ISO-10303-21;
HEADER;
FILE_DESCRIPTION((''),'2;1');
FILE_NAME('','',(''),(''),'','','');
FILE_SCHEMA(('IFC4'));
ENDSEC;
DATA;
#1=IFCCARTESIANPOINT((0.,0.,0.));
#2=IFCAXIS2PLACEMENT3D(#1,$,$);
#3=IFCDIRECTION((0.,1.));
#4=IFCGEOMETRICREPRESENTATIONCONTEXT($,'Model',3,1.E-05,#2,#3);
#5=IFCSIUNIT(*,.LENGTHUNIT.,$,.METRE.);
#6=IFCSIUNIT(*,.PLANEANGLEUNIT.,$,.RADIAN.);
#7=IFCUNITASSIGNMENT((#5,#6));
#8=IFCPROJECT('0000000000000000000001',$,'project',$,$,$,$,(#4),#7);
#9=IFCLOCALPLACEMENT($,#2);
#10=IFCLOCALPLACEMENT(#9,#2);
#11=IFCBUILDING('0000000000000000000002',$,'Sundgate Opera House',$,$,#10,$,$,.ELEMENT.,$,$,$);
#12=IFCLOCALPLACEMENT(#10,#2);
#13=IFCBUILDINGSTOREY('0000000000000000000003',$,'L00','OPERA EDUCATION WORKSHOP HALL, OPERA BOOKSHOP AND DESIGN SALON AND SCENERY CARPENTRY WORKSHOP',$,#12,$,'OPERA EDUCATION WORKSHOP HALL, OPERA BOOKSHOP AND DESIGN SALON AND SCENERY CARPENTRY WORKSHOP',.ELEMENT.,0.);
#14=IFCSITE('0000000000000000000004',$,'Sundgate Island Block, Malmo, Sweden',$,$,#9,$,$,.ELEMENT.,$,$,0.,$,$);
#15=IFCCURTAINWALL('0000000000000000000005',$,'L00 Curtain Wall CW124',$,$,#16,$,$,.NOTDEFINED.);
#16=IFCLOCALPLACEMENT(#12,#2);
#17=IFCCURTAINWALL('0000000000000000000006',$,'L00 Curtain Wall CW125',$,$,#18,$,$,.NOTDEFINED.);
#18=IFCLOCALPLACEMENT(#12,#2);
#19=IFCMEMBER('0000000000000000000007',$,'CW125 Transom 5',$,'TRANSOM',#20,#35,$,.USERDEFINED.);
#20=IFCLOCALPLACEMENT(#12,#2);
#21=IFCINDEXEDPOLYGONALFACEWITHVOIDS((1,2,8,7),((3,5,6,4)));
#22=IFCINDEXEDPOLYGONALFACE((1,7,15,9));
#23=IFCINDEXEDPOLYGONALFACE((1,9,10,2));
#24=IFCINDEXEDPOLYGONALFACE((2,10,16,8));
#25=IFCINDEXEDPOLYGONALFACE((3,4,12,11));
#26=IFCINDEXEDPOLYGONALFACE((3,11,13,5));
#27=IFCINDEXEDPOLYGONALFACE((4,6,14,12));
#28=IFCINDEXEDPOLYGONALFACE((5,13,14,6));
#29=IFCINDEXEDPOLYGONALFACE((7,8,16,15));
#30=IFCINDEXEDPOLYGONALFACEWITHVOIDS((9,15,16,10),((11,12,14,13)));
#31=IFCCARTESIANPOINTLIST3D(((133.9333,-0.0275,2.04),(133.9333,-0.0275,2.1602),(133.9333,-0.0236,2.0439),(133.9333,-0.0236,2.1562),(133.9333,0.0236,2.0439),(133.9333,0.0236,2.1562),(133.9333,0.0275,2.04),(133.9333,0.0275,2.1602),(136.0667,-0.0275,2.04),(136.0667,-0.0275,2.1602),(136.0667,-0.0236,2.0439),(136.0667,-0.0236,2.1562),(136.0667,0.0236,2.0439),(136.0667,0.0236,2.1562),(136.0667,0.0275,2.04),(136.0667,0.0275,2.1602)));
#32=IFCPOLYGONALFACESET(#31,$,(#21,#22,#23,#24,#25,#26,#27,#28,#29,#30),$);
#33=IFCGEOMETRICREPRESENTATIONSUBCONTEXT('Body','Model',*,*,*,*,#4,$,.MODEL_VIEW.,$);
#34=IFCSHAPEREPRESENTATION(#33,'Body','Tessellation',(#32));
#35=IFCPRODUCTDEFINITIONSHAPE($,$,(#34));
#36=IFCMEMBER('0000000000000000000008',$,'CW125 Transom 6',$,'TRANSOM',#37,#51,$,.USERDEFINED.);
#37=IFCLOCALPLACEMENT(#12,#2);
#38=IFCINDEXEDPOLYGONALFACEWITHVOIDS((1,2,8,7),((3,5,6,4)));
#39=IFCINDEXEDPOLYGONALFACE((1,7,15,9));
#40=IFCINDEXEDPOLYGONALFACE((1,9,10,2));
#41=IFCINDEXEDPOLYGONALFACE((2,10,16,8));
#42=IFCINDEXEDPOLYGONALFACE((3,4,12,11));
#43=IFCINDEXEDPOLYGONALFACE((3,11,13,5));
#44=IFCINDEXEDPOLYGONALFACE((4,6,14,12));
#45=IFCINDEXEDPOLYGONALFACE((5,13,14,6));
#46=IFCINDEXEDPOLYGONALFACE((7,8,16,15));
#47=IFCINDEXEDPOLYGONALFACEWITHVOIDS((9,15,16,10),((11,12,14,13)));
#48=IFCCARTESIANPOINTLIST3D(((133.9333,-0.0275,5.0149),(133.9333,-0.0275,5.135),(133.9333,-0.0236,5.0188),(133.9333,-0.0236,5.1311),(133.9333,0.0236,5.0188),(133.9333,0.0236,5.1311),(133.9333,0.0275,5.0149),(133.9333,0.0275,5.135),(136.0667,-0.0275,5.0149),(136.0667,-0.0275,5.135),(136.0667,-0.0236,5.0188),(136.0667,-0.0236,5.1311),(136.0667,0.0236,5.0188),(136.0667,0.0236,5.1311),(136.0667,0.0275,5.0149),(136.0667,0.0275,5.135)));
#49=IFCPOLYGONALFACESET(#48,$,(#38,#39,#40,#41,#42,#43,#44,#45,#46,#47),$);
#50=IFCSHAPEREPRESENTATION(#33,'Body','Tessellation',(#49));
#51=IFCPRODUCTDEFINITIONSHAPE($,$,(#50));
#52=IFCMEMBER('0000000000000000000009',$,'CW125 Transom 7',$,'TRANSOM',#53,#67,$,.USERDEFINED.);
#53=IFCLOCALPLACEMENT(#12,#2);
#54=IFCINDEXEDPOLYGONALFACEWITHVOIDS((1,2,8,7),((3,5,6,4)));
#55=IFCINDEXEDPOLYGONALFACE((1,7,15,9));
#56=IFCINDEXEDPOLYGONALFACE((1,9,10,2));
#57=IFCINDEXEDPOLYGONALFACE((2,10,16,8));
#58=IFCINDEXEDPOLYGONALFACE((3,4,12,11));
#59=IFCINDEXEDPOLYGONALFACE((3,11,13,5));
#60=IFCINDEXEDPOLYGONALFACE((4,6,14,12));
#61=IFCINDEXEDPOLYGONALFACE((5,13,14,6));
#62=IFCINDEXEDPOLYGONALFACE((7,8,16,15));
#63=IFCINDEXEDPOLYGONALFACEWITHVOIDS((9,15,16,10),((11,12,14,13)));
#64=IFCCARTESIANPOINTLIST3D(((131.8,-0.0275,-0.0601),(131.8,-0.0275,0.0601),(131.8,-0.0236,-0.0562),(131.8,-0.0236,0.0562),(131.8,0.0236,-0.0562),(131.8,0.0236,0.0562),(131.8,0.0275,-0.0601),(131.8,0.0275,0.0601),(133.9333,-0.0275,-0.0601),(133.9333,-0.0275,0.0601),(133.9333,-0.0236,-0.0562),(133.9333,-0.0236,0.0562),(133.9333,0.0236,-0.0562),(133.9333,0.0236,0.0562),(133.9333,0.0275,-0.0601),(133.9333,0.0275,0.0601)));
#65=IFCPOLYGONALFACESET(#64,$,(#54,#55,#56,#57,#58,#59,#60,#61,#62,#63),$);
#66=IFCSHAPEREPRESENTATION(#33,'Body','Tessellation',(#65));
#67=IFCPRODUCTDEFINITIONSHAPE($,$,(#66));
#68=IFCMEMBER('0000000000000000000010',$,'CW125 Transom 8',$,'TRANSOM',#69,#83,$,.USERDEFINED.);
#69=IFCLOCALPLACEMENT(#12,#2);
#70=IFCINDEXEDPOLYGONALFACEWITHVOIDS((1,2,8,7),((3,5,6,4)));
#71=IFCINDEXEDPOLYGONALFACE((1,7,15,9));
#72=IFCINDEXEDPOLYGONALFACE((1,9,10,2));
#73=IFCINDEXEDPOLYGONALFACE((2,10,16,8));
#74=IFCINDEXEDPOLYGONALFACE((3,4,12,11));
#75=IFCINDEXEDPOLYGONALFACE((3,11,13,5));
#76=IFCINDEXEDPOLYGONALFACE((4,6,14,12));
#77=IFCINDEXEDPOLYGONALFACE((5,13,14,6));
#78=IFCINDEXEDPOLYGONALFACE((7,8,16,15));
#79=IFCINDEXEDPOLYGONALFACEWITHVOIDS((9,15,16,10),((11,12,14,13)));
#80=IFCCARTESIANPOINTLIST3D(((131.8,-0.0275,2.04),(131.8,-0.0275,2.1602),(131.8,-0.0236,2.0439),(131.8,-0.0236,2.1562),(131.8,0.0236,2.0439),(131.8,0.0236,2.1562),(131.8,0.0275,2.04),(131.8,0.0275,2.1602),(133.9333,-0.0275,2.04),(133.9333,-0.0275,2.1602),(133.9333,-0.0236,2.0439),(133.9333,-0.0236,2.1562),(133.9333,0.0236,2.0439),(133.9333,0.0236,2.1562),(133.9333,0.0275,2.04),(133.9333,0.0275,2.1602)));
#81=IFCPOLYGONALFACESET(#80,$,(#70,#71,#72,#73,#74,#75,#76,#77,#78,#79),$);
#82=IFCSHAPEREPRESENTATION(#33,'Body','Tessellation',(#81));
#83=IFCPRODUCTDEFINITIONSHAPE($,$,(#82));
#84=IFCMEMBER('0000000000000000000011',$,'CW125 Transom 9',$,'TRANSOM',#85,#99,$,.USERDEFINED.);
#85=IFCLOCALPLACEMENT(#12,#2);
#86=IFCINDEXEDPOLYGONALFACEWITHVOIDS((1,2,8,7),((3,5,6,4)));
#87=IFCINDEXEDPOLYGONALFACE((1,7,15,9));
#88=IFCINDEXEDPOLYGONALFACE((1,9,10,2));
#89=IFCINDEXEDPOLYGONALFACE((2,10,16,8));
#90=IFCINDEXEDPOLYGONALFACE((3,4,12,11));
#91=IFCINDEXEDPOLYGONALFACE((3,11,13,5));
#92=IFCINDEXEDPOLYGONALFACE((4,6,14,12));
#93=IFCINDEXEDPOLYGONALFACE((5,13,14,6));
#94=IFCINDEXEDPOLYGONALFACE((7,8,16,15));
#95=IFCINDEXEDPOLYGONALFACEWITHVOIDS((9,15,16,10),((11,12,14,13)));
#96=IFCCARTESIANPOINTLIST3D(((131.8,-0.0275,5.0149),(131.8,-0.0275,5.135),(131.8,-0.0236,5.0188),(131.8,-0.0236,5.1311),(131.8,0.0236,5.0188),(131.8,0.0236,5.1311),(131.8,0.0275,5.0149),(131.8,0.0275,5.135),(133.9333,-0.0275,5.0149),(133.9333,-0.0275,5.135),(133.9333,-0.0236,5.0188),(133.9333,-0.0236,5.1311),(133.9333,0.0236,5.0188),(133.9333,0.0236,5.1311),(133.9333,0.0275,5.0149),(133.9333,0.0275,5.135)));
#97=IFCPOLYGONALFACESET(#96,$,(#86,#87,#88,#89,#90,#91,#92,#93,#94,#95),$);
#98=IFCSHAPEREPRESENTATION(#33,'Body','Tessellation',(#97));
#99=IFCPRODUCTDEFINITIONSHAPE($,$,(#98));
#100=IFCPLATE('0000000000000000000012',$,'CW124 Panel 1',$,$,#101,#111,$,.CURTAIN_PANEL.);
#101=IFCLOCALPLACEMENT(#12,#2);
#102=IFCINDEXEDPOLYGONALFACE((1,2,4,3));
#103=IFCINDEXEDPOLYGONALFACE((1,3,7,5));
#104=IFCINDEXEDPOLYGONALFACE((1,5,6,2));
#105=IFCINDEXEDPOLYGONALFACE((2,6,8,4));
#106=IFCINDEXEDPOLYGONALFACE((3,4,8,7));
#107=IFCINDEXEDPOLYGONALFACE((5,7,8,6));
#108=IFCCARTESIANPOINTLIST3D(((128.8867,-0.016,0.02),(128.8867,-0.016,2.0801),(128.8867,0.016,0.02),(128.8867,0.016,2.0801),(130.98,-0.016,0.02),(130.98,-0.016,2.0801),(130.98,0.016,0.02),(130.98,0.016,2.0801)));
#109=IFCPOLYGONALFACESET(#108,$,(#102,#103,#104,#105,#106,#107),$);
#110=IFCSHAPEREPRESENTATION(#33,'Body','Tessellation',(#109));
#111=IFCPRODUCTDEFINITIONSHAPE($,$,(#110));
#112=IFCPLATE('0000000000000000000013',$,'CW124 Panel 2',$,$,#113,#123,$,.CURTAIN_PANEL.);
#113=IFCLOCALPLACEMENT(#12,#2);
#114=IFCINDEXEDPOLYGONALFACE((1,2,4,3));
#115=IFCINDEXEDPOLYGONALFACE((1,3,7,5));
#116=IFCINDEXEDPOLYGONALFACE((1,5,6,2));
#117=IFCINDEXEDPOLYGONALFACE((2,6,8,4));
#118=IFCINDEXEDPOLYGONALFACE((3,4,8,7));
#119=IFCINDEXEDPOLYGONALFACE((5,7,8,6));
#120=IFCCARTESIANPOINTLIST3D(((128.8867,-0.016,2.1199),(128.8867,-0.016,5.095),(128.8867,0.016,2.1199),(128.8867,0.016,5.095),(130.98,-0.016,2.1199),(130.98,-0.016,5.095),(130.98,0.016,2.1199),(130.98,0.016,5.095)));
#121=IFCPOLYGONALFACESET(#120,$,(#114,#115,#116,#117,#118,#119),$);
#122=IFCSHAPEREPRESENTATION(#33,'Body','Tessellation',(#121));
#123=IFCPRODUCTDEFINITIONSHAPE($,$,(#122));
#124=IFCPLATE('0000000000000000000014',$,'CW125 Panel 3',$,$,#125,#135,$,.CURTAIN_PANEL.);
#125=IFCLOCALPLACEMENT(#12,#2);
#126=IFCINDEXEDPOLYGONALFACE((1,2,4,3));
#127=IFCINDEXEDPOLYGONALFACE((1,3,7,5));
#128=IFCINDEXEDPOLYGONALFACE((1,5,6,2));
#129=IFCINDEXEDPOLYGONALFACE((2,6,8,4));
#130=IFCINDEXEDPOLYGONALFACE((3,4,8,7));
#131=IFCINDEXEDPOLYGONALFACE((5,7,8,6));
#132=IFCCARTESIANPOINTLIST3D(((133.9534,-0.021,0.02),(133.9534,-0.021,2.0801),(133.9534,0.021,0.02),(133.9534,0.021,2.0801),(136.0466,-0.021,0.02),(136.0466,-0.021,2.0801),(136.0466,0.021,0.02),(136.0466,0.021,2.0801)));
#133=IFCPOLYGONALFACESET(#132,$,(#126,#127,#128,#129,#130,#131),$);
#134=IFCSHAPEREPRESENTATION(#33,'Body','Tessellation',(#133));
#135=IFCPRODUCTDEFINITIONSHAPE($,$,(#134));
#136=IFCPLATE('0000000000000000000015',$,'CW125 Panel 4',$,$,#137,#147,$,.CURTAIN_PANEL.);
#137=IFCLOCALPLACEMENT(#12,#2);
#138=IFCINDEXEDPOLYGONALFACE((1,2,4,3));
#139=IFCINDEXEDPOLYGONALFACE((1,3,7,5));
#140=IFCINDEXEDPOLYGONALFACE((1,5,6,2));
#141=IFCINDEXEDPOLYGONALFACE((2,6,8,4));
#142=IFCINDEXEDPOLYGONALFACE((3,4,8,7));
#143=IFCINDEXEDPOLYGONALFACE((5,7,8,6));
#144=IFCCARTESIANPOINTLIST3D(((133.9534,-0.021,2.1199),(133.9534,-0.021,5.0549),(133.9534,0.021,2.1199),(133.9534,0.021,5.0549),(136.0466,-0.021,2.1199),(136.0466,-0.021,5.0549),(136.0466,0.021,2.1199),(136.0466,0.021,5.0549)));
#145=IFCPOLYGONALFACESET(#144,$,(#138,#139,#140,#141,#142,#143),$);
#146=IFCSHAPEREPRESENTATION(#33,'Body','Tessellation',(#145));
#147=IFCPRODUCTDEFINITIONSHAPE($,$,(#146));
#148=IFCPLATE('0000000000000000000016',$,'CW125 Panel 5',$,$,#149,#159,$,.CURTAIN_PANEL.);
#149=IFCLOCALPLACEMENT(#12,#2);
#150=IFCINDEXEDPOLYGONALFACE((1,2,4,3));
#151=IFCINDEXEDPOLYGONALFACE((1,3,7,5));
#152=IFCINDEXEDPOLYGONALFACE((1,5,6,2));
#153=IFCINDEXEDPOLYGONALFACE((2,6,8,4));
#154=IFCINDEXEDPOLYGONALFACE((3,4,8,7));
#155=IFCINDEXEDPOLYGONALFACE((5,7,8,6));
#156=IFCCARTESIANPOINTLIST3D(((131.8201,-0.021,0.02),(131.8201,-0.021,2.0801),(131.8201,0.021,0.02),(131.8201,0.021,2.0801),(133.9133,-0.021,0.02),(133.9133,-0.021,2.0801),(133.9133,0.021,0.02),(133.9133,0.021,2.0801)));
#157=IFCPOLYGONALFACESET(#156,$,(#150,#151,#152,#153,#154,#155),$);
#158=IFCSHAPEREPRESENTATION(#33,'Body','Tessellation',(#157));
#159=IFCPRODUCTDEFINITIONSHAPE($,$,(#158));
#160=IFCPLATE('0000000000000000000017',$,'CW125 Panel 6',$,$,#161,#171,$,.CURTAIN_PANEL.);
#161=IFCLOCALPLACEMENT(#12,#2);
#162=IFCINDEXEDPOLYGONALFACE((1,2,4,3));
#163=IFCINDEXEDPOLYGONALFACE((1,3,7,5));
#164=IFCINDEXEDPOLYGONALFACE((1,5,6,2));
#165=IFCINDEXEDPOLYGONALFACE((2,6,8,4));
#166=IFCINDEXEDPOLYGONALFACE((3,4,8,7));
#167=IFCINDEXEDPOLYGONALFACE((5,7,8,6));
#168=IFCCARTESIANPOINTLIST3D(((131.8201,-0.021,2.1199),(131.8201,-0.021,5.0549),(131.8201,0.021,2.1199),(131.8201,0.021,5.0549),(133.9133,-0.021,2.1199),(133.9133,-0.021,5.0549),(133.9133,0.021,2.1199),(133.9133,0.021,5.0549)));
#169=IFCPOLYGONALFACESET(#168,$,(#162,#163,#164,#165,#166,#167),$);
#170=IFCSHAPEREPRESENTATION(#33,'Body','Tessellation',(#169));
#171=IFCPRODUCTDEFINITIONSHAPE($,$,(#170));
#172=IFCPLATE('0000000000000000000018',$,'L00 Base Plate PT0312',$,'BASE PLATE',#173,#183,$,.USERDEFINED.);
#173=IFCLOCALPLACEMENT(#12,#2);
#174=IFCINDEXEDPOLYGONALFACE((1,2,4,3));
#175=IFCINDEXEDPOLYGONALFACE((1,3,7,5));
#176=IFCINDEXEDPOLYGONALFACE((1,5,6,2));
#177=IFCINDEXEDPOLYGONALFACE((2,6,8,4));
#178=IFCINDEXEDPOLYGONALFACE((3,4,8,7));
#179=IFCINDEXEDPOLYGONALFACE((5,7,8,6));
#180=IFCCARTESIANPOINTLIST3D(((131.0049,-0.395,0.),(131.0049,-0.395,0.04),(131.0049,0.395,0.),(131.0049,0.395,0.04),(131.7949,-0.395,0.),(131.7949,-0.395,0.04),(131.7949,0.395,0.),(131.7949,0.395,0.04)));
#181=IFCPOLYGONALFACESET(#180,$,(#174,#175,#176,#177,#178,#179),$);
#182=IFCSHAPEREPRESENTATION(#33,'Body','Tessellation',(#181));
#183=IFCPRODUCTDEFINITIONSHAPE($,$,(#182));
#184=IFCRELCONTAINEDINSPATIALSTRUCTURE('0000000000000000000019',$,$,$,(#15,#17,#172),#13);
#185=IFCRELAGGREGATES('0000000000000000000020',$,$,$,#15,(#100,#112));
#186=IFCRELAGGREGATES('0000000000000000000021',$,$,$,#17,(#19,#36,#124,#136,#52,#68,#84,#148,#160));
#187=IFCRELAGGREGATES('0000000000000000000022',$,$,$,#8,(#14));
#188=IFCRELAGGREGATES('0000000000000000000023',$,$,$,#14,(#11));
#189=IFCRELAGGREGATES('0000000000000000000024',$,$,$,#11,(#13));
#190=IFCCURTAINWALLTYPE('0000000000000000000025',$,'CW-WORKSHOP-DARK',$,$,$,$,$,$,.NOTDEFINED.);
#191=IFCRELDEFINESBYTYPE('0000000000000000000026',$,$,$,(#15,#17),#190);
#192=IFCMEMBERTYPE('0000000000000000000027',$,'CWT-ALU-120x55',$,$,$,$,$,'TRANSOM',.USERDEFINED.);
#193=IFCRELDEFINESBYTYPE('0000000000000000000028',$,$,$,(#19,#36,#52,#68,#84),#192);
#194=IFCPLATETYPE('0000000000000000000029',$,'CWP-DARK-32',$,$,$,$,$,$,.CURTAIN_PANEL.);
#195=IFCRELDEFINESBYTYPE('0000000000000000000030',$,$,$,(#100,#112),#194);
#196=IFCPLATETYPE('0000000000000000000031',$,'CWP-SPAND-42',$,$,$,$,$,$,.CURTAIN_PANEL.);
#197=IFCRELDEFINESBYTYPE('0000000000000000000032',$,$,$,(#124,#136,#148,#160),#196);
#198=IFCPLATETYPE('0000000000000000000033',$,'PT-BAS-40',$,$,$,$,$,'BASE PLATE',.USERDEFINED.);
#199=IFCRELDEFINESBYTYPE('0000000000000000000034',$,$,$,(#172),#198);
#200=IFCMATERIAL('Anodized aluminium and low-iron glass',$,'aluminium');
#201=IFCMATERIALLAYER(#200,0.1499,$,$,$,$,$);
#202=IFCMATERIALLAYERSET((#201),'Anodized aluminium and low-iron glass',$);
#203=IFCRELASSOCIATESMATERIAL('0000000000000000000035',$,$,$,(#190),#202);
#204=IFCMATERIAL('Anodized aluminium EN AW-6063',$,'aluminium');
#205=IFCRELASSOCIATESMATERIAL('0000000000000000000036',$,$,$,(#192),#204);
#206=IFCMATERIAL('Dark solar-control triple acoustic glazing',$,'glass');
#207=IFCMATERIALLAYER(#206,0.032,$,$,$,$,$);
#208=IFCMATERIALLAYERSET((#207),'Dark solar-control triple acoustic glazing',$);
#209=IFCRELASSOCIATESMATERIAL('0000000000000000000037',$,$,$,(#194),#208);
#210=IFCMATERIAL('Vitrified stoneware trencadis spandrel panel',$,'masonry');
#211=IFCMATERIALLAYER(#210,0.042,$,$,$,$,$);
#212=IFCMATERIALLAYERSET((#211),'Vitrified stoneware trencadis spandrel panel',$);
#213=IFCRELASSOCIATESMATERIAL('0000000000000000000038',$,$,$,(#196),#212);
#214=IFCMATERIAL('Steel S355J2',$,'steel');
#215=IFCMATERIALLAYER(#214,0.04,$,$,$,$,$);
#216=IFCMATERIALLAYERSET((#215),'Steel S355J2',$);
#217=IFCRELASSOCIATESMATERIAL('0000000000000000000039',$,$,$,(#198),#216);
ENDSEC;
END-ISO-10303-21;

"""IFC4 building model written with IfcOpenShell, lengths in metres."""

from ifc_helpers import new_model, si_unit, direction, frame, origin, origin_2d, place, context, subcontext, project, spatial, rectangle, hollow_rectangle, extrude, material, layer, layer_set, material_profile, profile_set, type_object, element, aggregate, save


model = new_model("IFC4")

# Units and contexts
model_context = context("Model", 3, precision=1e-05, world=origin(), true_north=direction((0.0, 1.0)))
body_context = subcontext(model_context, "Body", "Model", "MODEL_VIEW")
ifc_project = project(units=[si_unit("LENGTHUNIT", "METRE"), si_unit("PLANEANGLEUNIT", "RADIAN")], contexts=[model_context])

# Site, building, storey
site_placement = place(None, origin())
site = spatial("IfcSite", under=ifc_project, at=site_placement, Name="Sundgate Island Block, Malmo, Sweden", CompositionType="ELEMENT", RefElevation=0.0)
building_placement = place(site_placement, origin())
building = spatial("IfcBuilding", under=site, at=building_placement, Name="Sundgate Opera House", CompositionType="ELEMENT")
storey_placement = place(building_placement, origin())
storey = spatial("IfcBuildingStorey", under=building, at=storey_placement, Name="L00", Description="OPERA EDUCATION WORKSHOP HALL, OPERA BOOKSHOP AND DESIGN SALON AND SCENERY CARPENTRY WORKSHOP", LongName="OPERA EDUCATION WORKSHOP HALL, OPERA BOOKSHOP AND DESIGN SALON AND SCENERY CARPENTRY WORKSHOP", CompositionType="ELEMENT", Elevation=0.0)

# Curtain wall
ifc_material_1 = material(Name="Anodized aluminium and low-iron glass", Category="aluminium")
ifc_layer_1 = layer(ifc_material_1, 0.1499)
ifc_layer_set_1 = layer_set([ifc_layer_1], Name="Anodized aluminium and low-iron glass")
curtain_wall_type = type_object("IfcCurtainWallType", Name="CW-WORKSHOP-DARK", PredefinedType="NOTDEFINED", material=ifc_layer_set_1)
curtain_wall_1_placement = place(storey_placement, origin())
curtain_wall_1 = element("IfcCurtainWall", 1, at=curtain_wall_1_placement, inside=storey, type_object=curtain_wall_type, Name="L00 Curtain Wall CW124", PredefinedType="NOTDEFINED")

# Curtain wall
curtain_wall_2_placement = place(storey_placement, origin())
curtain_wall_2 = element("IfcCurtainWall", 2, at=curtain_wall_2_placement, inside=storey, type_object=curtain_wall_type, Name="L00 Curtain Wall CW125", PredefinedType="NOTDEFINED")

# Members
ifc_material_2 = material(Name="Anodized aluminium EN AW-6063", Category="aluminium")
ifc_material_profile_1 = material_profile(ifc_material_2, hollow_rectangle(XDim=0.0549, YDim=0.1201, WallThickness=0.0039, at=origin_2d()), Name="CWT 120x55x4")
ifc_profile_set_1 = profile_set([ifc_material_profile_1], Name="Anodized aluminium EN AW-6063")
member_type_1 = type_object("IfcMemberType", Name="CWT-ALU-120x55", ElementType="TRANSOM", PredefinedType="USERDEFINED", material=ifc_profile_set_1)
member_1_placement = place(storey_placement, frame((136.0667, 0.0, 2.1001), z_axis=(-1.0, 0.0, 0.0), x_axis=(0.0, -1.0, 0.0)))
member_1 = element("IfcMember", 3, at=member_1_placement, type_object=member_type_1, Name="CW125 Transom 5", ObjectType="TRANSOM", PredefinedType="USERDEFINED", context=body_context, shape_type="SweptSolid", body=[
    extrude(hollow_rectangle(XDim=0.0549, YDim=0.1201, WallThickness=0.0039, at=origin_2d()), origin(), (0.0, 0.0, 1.0), 2.1333),
])
member_2_placement = place(storey_placement, frame((136.0667, 0.0, 5.075), z_axis=(-1.0, 0.0, 0.0), x_axis=(0.0, -1.0, 0.0)))
member_2 = element("IfcMember", 4, at=member_2_placement, type_object=member_type_1, Name="CW125 Transom 6", ObjectType="TRANSOM", PredefinedType="USERDEFINED", context=body_context, shape_type="SweptSolid", body=[
    extrude(hollow_rectangle(XDim=0.0549, YDim=0.1201, WallThickness=0.0039, at=origin_2d()), origin(), (0.0, 0.0, 1.0), 2.1333),
])
member_3_placement = place(storey_placement, frame((133.9333, 0.0, 0.0), z_axis=(-1.0, 0.0, 0.0), x_axis=(0.0, -1.0, 0.0)))
member_3 = element("IfcMember", 5, at=member_3_placement, type_object=member_type_1, Name="CW125 Transom 7", ObjectType="TRANSOM", PredefinedType="USERDEFINED", context=body_context, shape_type="SweptSolid", body=[
    extrude(hollow_rectangle(XDim=0.0549, YDim=0.1201, WallThickness=0.0039, at=origin_2d()), origin(), (0.0, 0.0, 1.0), 2.1333),
])
member_4_placement = place(storey_placement, frame((133.9333, 0.0, 2.1001), z_axis=(-1.0, 0.0, 0.0), x_axis=(0.0, -1.0, 0.0)))
member_4 = element("IfcMember", 6, at=member_4_placement, type_object=member_type_1, Name="CW125 Transom 8", ObjectType="TRANSOM", PredefinedType="USERDEFINED", context=body_context, shape_type="SweptSolid", body=[
    extrude(hollow_rectangle(XDim=0.0549, YDim=0.1201, WallThickness=0.0039, at=origin_2d()), origin(), (0.0, 0.0, 1.0), 2.1333),
])
member_5_placement = place(storey_placement, frame((133.9333, 0.0, 5.075), z_axis=(-1.0, 0.0, 0.0), x_axis=(0.0, -1.0, 0.0)))
member_5 = element("IfcMember", 7, at=member_5_placement, type_object=member_type_1, Name="CW125 Transom 9", ObjectType="TRANSOM", PredefinedType="USERDEFINED", context=body_context, shape_type="SweptSolid", body=[
    extrude(hollow_rectangle(XDim=0.0549, YDim=0.1201, WallThickness=0.0039, at=origin_2d()), origin(), (0.0, 0.0, 1.0), 2.1333),
])

# Plates
ifc_material_3 = material(Name="Dark solar-control triple acoustic glazing", Category="glass")
ifc_layer_2 = layer(ifc_material_3, 0.032)
ifc_layer_set_2 = layer_set([ifc_layer_2], Name="Dark solar-control triple acoustic glazing")
plate_type_1 = type_object("IfcPlateType", Name="CWP-DARK-32", PredefinedType="CURTAIN_PANEL", material=ifc_layer_set_2)
plate_1_placement = place(storey_placement, frame((129.9333, 0.0, 0.02), z_axis=(0.0, 0.0, 1.0), x_axis=(-1.0, 0.0, 0.0)))
plate_1 = element("IfcPlate", 8, at=plate_1_placement, type_object=plate_type_1, Name="CW124 Panel 1", PredefinedType="CURTAIN_PANEL", context=body_context, shape_type="SweptSolid", body=[
    extrude(rectangle(XDim=2.0933, YDim=0.032, at=origin_2d()), origin(), (0.0, 0.0, 1.0), 2.0601),
])
plate_2_placement = place(storey_placement, frame((129.9333, 0.0, 2.1199), z_axis=(0.0, 0.0, 1.0), x_axis=(-1.0, 0.0, 0.0)))
plate_2 = element("IfcPlate", 9, at=plate_2_placement, type_object=plate_type_1, Name="CW124 Panel 2", PredefinedType="CURTAIN_PANEL", context=body_context, shape_type="SweptSolid", body=[
    extrude(rectangle(XDim=2.0933, YDim=0.032, at=origin_2d()), origin(), (0.0, 0.0, 1.0), 2.9751),
])
aggregate(curtain_wall_1, [plate_1, plate_2])
ifc_material_4 = material(Name="Vitrified stoneware trencadis spandrel panel", Category="masonry")
ifc_layer_3 = layer(ifc_material_4, 0.042)
ifc_layer_set_3 = layer_set([ifc_layer_3], Name="Vitrified stoneware trencadis spandrel panel")
plate_type_2 = type_object("IfcPlateType", Name="CWP-SPAND-42", PredefinedType="CURTAIN_PANEL", material=ifc_layer_set_3)
plate_3_placement = place(storey_placement, frame((135.0, 0.0, 0.02), z_axis=(0.0, 0.0, 1.0), x_axis=(-1.0, 0.0, 0.0)))
plate_3 = element("IfcPlate", 10, at=plate_3_placement, type_object=plate_type_2, Name="CW125 Panel 3", PredefinedType="CURTAIN_PANEL", context=body_context, shape_type="SweptSolid", body=[
    extrude(rectangle(XDim=2.0933, YDim=0.042, at=origin_2d()), origin(), (0.0, 0.0, 1.0), 2.0601),
])
plate_4_placement = place(storey_placement, frame((135.0, 0.0, 2.1199), z_axis=(0.0, 0.0, 1.0), x_axis=(-1.0, 0.0, 0.0)))
plate_4 = element("IfcPlate", 11, at=plate_4_placement, type_object=plate_type_2, Name="CW125 Panel 4", PredefinedType="CURTAIN_PANEL", context=body_context, shape_type="SweptSolid", body=[
    extrude(rectangle(XDim=2.0933, YDim=0.042, at=origin_2d()), origin(), (0.0, 0.0, 1.0), 2.9351),
])
plate_5_placement = place(storey_placement, frame((132.8667, 0.0, 0.02), z_axis=(0.0, 0.0, 1.0), x_axis=(-1.0, 0.0, 0.0)))
plate_5 = element("IfcPlate", 12, at=plate_5_placement, type_object=plate_type_2, Name="CW125 Panel 5", PredefinedType="CURTAIN_PANEL", context=body_context, shape_type="SweptSolid", body=[
    extrude(rectangle(XDim=2.0933, YDim=0.042, at=origin_2d()), origin(), (0.0, 0.0, 1.0), 2.0601),
])
plate_6_placement = place(storey_placement, frame((132.8667, 0.0, 2.1199), z_axis=(0.0, 0.0, 1.0), x_axis=(-1.0, 0.0, 0.0)))
plate_6 = element("IfcPlate", 13, at=plate_6_placement, type_object=plate_type_2, Name="CW125 Panel 6", PredefinedType="CURTAIN_PANEL", context=body_context, shape_type="SweptSolid", body=[
    extrude(rectangle(XDim=2.0933, YDim=0.042, at=origin_2d()), origin(), (0.0, 0.0, 1.0), 2.9351),
])
aggregate(curtain_wall_2, [member_1, member_2, plate_3, plate_4, member_3, member_4, member_5, plate_5, plate_6])
ifc_material_5 = material(Name="Steel S355J2", Category="steel")
ifc_layer_4 = layer(ifc_material_5, 0.04)
ifc_layer_set_4 = layer_set([ifc_layer_4], Name="Steel S355J2")
plate_type_3 = type_object("IfcPlateType", Name="PT-BAS-40", ElementType="BASE PLATE", PredefinedType="USERDEFINED", material=ifc_layer_set_4)
plate_7_placement = place(storey_placement, frame((131.3999, 0.0, 0.0), z_axis=(0.0, 0.0, 1.0), x_axis=(1.0, 0.0, 0.0)))
element("IfcPlate", 14, at=plate_7_placement, inside=storey, type_object=plate_type_3, Name="L00 Base Plate PT0312", ObjectType="BASE PLATE", PredefinedType="USERDEFINED", context=body_context, shape_type="SweptSolid", body=[
    extrude(rectangle(XDim=0.79, YDim=0.79, at=origin_2d()), origin(), (0.0, 0.0, 1.0), 0.04),
])

save(model, "model.ifc")
